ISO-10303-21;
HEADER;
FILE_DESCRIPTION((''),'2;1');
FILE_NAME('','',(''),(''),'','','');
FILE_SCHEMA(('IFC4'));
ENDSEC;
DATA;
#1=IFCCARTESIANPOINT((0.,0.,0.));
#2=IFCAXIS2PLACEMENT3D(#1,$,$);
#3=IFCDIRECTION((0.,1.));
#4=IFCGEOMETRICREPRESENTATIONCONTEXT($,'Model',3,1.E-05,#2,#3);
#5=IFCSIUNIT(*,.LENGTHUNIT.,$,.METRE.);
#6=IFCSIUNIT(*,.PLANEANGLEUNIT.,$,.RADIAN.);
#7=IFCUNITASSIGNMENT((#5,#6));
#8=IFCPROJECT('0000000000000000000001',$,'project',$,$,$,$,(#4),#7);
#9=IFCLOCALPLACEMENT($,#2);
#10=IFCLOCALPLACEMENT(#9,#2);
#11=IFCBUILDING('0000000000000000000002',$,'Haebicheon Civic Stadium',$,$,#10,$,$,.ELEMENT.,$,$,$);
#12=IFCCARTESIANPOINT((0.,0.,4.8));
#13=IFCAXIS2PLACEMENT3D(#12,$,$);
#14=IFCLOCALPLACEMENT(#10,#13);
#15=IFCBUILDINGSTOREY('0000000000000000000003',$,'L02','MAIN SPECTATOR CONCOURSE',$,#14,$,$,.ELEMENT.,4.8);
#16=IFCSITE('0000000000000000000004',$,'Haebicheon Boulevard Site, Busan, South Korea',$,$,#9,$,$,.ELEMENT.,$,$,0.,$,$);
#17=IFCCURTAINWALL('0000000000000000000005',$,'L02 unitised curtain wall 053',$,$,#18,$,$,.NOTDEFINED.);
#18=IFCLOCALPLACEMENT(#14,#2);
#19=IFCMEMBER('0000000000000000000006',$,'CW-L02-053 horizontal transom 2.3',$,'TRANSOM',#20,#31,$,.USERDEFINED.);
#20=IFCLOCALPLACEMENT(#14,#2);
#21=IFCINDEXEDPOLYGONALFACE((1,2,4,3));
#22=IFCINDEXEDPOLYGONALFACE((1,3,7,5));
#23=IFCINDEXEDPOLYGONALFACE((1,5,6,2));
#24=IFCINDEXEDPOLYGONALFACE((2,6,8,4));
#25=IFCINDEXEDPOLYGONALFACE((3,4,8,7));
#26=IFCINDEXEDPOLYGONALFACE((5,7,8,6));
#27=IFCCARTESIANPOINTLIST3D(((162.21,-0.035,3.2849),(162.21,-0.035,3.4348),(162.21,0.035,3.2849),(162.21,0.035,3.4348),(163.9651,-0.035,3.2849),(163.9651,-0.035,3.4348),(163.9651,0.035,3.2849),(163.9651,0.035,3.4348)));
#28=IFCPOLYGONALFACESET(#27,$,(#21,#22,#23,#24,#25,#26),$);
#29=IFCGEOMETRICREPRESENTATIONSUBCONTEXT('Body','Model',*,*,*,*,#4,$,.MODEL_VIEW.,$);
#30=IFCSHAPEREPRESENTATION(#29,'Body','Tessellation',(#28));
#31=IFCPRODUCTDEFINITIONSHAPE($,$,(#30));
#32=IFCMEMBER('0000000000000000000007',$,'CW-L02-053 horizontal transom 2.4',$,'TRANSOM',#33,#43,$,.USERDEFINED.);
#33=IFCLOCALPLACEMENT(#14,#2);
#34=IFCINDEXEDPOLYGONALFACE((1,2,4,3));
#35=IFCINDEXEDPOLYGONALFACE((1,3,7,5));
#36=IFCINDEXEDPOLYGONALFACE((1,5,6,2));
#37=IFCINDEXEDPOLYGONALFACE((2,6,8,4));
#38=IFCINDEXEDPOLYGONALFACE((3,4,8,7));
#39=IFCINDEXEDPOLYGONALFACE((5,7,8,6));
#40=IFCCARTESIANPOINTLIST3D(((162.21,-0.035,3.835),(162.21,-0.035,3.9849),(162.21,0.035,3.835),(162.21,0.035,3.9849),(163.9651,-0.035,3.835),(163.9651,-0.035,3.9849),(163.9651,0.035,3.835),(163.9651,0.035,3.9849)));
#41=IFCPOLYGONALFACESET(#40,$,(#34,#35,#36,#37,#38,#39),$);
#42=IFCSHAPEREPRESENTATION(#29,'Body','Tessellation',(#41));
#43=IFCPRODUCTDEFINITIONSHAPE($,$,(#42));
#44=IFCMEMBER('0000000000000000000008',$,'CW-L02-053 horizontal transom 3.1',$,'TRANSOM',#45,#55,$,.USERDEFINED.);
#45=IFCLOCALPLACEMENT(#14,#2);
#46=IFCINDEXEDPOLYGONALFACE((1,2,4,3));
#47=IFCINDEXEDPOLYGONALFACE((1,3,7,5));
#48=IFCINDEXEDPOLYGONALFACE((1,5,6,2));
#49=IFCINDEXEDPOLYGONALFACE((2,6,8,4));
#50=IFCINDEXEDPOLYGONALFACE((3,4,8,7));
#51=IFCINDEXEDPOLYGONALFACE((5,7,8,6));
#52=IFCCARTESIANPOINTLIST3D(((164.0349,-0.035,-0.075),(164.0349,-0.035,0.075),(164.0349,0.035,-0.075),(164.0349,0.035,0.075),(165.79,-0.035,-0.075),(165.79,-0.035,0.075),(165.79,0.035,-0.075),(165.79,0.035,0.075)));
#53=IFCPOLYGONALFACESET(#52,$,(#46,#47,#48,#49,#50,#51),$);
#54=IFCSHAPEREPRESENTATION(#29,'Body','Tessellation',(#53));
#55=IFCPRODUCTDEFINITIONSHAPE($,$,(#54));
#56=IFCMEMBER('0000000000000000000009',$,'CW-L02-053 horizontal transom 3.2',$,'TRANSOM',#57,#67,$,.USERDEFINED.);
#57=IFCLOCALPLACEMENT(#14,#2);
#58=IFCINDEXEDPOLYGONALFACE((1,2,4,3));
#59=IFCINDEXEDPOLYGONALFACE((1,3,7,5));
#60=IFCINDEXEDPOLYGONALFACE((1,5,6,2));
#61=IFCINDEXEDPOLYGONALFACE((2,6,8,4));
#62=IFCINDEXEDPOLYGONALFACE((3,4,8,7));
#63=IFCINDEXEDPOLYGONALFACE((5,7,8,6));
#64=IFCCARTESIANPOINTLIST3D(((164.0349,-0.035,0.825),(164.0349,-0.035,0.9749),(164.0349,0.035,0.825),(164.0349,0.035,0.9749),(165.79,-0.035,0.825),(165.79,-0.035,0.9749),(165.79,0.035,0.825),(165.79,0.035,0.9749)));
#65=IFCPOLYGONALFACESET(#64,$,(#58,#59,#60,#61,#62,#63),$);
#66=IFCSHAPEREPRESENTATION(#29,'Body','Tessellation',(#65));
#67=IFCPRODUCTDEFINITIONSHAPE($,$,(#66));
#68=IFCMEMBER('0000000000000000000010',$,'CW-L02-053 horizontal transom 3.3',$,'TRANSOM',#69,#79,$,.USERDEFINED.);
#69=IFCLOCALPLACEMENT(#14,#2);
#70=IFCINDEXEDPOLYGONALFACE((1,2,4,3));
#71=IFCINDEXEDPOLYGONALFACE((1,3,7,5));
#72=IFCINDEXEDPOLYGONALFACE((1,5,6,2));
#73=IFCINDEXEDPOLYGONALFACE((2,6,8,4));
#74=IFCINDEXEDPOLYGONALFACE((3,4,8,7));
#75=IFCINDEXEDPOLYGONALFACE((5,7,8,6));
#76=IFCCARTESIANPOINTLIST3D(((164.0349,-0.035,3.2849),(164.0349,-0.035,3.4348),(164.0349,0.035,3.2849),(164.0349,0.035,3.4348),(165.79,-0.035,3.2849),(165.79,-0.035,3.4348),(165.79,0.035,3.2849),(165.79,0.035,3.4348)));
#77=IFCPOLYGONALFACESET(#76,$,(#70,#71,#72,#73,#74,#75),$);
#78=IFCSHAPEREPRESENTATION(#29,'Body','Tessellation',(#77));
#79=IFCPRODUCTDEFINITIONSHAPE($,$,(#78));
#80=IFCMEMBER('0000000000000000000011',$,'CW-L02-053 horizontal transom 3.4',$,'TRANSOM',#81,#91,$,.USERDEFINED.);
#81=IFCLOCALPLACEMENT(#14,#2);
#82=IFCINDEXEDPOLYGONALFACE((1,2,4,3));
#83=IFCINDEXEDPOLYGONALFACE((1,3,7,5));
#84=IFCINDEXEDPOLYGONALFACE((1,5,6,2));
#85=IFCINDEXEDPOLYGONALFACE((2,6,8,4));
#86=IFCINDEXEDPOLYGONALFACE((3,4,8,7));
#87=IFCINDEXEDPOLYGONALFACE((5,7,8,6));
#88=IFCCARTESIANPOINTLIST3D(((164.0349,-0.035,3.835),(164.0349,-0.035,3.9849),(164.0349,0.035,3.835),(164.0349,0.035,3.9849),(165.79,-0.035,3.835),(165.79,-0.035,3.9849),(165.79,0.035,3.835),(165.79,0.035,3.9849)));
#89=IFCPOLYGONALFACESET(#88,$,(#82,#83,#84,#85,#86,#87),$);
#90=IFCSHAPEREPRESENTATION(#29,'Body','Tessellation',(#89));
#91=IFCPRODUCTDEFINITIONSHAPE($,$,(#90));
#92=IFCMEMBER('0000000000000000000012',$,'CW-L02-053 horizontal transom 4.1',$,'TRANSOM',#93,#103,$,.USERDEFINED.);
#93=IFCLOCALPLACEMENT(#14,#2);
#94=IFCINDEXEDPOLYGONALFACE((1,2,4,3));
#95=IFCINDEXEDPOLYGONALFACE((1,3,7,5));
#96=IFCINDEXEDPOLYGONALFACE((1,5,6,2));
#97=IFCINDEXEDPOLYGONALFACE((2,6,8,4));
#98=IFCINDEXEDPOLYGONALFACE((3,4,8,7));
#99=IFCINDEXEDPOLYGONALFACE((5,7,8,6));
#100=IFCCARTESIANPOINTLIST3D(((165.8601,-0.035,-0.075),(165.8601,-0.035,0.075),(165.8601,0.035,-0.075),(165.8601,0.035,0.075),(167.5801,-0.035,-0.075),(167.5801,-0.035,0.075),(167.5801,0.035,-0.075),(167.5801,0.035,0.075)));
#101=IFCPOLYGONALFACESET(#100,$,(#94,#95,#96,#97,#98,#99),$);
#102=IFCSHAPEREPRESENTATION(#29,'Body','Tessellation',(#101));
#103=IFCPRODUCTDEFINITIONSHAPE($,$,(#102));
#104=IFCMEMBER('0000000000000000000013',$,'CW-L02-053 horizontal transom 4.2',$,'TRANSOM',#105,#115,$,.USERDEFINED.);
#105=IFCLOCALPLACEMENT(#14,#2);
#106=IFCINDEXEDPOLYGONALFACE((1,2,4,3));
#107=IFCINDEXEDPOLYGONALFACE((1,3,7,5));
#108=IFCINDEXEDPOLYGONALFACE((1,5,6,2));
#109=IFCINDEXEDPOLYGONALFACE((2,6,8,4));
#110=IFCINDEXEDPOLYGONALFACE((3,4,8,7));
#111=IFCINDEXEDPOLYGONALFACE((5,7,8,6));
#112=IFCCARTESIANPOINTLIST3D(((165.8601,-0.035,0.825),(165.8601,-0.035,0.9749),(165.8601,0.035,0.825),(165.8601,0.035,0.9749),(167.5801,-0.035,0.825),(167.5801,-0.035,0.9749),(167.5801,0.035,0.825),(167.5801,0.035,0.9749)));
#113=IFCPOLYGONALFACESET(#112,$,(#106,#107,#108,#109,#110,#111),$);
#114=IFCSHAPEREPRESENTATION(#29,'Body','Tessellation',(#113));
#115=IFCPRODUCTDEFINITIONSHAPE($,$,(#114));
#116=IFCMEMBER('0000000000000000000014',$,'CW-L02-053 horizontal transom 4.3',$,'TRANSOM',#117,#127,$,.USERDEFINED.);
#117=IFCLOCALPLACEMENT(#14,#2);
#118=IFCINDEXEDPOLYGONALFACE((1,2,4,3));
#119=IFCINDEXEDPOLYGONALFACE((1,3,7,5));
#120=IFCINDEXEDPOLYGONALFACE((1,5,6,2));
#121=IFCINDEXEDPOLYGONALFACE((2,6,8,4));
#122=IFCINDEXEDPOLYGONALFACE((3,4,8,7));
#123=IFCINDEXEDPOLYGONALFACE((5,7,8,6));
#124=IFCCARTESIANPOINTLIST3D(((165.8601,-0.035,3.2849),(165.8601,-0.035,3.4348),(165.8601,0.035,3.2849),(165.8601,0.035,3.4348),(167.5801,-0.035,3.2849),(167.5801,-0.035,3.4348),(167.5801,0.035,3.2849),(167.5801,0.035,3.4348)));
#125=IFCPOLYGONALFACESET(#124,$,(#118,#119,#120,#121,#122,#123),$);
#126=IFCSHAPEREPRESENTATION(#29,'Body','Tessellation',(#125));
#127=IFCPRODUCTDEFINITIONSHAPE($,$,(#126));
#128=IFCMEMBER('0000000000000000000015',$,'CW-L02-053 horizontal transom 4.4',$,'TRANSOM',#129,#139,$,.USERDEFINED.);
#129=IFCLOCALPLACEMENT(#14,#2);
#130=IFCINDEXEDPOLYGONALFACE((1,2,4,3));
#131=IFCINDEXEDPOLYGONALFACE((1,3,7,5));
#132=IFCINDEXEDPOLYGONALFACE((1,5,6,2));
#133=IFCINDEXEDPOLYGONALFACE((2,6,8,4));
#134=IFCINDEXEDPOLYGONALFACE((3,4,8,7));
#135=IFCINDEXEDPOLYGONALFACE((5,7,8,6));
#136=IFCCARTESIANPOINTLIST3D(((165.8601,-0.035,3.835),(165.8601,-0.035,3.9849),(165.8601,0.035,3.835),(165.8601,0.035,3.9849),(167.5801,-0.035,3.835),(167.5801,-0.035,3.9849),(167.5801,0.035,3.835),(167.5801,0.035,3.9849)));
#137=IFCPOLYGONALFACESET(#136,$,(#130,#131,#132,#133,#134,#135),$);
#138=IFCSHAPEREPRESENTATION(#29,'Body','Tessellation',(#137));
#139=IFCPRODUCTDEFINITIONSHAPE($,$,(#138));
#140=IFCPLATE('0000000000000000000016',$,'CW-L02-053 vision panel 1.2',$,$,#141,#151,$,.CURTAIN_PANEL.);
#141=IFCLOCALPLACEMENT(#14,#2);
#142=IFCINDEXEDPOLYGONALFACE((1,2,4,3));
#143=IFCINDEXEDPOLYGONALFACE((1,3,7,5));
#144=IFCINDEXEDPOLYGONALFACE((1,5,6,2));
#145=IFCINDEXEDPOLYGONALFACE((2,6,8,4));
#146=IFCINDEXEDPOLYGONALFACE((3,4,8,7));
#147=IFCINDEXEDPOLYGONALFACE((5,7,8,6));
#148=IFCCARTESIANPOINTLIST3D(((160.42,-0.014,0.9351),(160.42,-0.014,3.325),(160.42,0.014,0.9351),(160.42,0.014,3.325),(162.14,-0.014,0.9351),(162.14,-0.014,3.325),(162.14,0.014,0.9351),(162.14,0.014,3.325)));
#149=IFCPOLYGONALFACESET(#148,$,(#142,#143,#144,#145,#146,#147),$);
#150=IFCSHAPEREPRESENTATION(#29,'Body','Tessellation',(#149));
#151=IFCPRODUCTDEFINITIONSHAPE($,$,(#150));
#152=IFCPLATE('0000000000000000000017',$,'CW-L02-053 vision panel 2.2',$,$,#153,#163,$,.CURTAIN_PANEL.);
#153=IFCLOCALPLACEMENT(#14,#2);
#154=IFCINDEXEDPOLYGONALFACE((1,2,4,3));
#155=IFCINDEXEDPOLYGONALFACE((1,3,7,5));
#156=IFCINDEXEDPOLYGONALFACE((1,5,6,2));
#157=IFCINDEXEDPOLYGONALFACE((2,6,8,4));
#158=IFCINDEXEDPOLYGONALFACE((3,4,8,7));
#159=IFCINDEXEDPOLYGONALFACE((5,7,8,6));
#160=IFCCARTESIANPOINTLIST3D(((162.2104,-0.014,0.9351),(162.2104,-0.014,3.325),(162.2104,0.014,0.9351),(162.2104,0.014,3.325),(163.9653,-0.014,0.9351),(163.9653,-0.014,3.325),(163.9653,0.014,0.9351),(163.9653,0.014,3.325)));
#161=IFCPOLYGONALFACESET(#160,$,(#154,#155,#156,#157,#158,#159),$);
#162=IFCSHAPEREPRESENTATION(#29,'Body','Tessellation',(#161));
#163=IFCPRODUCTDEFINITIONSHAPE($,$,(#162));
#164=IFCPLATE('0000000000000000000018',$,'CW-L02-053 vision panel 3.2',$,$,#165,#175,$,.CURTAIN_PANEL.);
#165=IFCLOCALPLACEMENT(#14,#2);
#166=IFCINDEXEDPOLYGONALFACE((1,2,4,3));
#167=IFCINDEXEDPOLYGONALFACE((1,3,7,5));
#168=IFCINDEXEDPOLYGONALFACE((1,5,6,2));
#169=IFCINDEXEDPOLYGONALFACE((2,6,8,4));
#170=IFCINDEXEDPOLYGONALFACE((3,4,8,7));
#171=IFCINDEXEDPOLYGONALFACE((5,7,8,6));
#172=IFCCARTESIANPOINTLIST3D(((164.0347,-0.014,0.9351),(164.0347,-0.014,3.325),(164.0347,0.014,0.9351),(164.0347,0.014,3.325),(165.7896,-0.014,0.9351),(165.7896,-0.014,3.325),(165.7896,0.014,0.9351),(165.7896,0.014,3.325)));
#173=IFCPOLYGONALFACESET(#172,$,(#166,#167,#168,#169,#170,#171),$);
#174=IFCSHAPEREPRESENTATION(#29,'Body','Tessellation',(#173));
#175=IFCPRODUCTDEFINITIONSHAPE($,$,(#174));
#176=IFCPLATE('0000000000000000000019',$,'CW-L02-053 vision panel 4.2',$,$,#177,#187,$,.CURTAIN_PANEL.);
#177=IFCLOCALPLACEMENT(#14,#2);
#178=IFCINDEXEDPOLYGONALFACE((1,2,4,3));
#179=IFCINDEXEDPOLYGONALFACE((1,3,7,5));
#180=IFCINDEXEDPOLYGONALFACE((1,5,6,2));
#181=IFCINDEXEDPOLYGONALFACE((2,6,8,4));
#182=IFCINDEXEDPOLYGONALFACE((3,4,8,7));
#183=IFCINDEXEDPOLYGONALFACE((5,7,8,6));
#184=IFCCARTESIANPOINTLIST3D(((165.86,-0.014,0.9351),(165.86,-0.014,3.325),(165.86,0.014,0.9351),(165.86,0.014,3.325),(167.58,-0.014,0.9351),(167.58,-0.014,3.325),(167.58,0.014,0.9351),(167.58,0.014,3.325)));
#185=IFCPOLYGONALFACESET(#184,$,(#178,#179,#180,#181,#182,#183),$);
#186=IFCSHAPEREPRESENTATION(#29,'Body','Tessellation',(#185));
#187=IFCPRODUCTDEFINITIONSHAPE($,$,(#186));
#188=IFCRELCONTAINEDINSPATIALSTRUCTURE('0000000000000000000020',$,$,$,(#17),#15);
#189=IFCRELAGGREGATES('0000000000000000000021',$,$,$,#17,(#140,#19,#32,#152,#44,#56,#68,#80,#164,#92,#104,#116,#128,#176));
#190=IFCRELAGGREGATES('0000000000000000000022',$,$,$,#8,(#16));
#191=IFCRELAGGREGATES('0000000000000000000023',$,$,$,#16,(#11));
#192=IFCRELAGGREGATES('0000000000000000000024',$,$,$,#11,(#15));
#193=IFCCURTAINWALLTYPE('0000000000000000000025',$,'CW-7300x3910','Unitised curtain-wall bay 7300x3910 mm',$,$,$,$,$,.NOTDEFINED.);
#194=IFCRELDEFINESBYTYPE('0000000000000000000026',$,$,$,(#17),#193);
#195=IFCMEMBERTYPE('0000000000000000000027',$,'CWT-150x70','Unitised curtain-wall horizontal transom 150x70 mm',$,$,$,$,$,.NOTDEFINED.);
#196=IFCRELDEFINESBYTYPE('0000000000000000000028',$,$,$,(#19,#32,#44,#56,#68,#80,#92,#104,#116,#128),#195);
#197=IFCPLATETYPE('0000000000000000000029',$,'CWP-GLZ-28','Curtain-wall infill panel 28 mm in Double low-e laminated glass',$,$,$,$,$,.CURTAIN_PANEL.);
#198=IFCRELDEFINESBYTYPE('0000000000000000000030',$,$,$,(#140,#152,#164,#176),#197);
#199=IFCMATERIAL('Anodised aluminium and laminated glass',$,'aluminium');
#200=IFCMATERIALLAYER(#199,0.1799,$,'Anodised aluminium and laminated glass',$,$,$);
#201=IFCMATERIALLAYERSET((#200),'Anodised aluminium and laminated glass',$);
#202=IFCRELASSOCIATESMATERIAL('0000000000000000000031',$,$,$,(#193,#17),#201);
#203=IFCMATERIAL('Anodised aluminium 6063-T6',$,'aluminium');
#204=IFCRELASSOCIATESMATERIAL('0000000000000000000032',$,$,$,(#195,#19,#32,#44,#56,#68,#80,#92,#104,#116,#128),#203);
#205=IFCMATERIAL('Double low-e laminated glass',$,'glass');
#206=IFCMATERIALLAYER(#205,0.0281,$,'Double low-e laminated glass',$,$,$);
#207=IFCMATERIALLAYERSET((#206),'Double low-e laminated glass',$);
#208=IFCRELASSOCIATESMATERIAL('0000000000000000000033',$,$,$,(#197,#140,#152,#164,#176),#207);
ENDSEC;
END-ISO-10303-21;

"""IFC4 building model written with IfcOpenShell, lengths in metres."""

from ifc_helpers import new_model, si_unit, direction, frame, origin, origin_2d, place, context, subcontext, project, spatial, rectangle, extrude, material, layer, layer_set, material_profile, profile_set, type_object, element, aggregate, save


model = new_model("IFC4")

# Units and contexts
model_context = context("Model", 3, precision=1e-05, world=origin(), true_north=direction((0.0, 1.0)))
body_context = subcontext(model_context, "Body", "Model", "MODEL_VIEW")
ifc_project = project(units=[si_unit("LENGTHUNIT", "METRE"), si_unit("PLANEANGLEUNIT", "RADIAN")], contexts=[model_context])

# Site, building, storey
site_placement = place(None, origin())
site = spatial("IfcSite", under=ifc_project, at=site_placement, Name="Haebicheon Boulevard Site, Busan, South Korea", CompositionType="ELEMENT", RefElevation=0.0)
building_placement = place(site_placement, origin())
building = spatial("IfcBuilding", under=site, at=building_placement, Name="Haebicheon Civic Stadium", CompositionType="ELEMENT")
storey_placement = place(building_placement, frame((0.0, 0.0, 4.8)))
storey = spatial("IfcBuildingStorey", under=building, at=storey_placement, Name="L02", Description="MAIN SPECTATOR CONCOURSE", CompositionType="ELEMENT", Elevation=4.8)

# Curtain wall, members, plates
ifc_material_1 = material(Name="Anodised aluminium and laminated glass", Category="aluminium")
ifc_layer_1 = layer(ifc_material_1, 0.1799, Name="Anodised aluminium and laminated glass")
ifc_layer_set_1 = layer_set([ifc_layer_1], Name="Anodised aluminium and laminated glass")
curtain_wall_type = type_object("IfcCurtainWallType", Name="CW-7300x3910", Description="Unitised curtain-wall bay 7300x3910 mm", PredefinedType="NOTDEFINED", material=ifc_layer_set_1)
curtain_wall_placement = place(storey_placement, origin())
curtain_wall = element("IfcCurtainWall", 1, at=curtain_wall_placement, inside=storey, type_object=curtain_wall_type, material=ifc_layer_set_1, Name="L02 unitised curtain wall 053", PredefinedType="NOTDEFINED")
ifc_material_2 = material(Name="Anodised aluminium 6063-T6", Category="aluminium")
ifc_material_profile_1 = material_profile(ifc_material_2, rectangle(XDim=0.0701, YDim=0.1499, at=origin_2d()), Name="ALU-TRAN-70x150")
ifc_profile_set_1 = profile_set([ifc_material_profile_1], Name="Anodised aluminium 6063-T6")
member_type_1 = type_object("IfcMemberType", Name="CWT-150x70", Description="Unitised curtain-wall horizontal transom 150x70 mm", PredefinedType="NOTDEFINED", material=ifc_profile_set_1)
member_1_placement = place(storey_placement, frame((162.21, 0.0, 3.3599), z_axis=(1.0, 0.0, 0.0), x_axis=(0.0, 1.0, 0.0)))
member_1 = element("IfcMember", 2, at=member_1_placement, type_object=member_type_1, material=ifc_profile_set_1, Name="CW-L02-053 horizontal transom 2.3", ObjectType="TRANSOM", PredefinedType="USERDEFINED", context=body_context, shape_type="SweptSolid", body=[
    extrude(rectangle(XDim=0.0701, YDim=0.1499, at=origin_2d()), origin(), (0.0, 0.0, 1.0), 1.7551),
])
member_2_placement = place(storey_placement, frame((162.21, 0.0, 3.9099), z_axis=(1.0, 0.0, 0.0), x_axis=(0.0, 1.0, 0.0)))
member_2 = element("IfcMember", 3, at=member_2_placement, type_object=member_type_1, material=ifc_profile_set_1, Name="CW-L02-053 horizontal transom 2.4", ObjectType="TRANSOM", PredefinedType="USERDEFINED", context=body_context, shape_type="SweptSolid", body=[
    extrude(rectangle(XDim=0.0701, YDim=0.1499, at=origin_2d()), origin(), (0.0, 0.0, 1.0), 1.7551),
])
member_3_placement = place(storey_placement, frame((164.0349, 0.0, 0.0), z_axis=(1.0, 0.0, 0.0), x_axis=(0.0, 1.0, 0.0)))
member_3 = element("IfcMember", 4, at=member_3_placement, type_object=member_type_1, material=ifc_profile_set_1, Name="CW-L02-053 horizontal transom 3.1", ObjectType="TRANSOM", PredefinedType="USERDEFINED", context=body_context, shape_type="SweptSolid", body=[
    extrude(rectangle(XDim=0.0701, YDim=0.1499, at=origin_2d()), origin(), (0.0, 0.0, 1.0), 1.7551),
])
member_4_placement = place(storey_placement, frame((164.0349, 0.0, 0.8999), z_axis=(1.0, 0.0, 0.0), x_axis=(0.0, 1.0, 0.0)))
member_4 = element("IfcMember", 5, at=member_4_placement, type_object=member_type_1, material=ifc_profile_set_1, Name="CW-L02-053 horizontal transom 3.2", ObjectType="TRANSOM", PredefinedType="USERDEFINED", context=body_context, shape_type="SweptSolid", body=[
    extrude(rectangle(XDim=0.0701, YDim=0.1499, at=origin_2d()), origin(), (0.0, 0.0, 1.0), 1.7551),
])
member_5_placement = place(storey_placement, frame((164.0349, 0.0, 3.3599), z_axis=(1.0, 0.0, 0.0), x_axis=(0.0, 1.0, 0.0)))
member_5 = element("IfcMember", 6, at=member_5_placement, type_object=member_type_1, material=ifc_profile_set_1, Name="CW-L02-053 horizontal transom 3.3", ObjectType="TRANSOM", PredefinedType="USERDEFINED", context=body_context, shape_type="SweptSolid", body=[
    extrude(rectangle(XDim=0.0701, YDim=0.1499, at=origin_2d()), origin(), (0.0, 0.0, 1.0), 1.7551),
])
member_6_placement = place(storey_placement, frame((164.0349, 0.0, 3.9099), z_axis=(1.0, 0.0, 0.0), x_axis=(0.0, 1.0, 0.0)))
member_6 = element("IfcMember", 7, at=member_6_placement, type_object=member_type_1, material=ifc_profile_set_1, Name="CW-L02-053 horizontal transom 3.4", ObjectType="TRANSOM", PredefinedType="USERDEFINED", context=body_context, shape_type="SweptSolid", body=[
    extrude(rectangle(XDim=0.0701, YDim=0.1499, at=origin_2d()), origin(), (0.0, 0.0, 1.0), 1.7551),
])
member_7_placement = place(storey_placement, frame((165.8601, 0.0, 0.0), z_axis=(1.0, 0.0, 0.0), x_axis=(0.0, 1.0, 0.0)))
member_7 = element("IfcMember", 8, at=member_7_placement, type_object=member_type_1, material=ifc_profile_set_1, Name="CW-L02-053 horizontal transom 4.1", ObjectType="TRANSOM", PredefinedType="USERDEFINED", context=body_context, shape_type="SweptSolid", body=[
    extrude(rectangle(XDim=0.0701, YDim=0.1499, at=origin_2d()), origin(), (0.0, 0.0, 1.0), 1.72),
])
member_8_placement = place(storey_placement, frame((165.8601, 0.0, 0.8999), z_axis=(1.0, 0.0, 0.0), x_axis=(0.0, 1.0, 0.0)))
member_8 = element("IfcMember", 9, at=member_8_placement, type_object=member_type_1, material=ifc_profile_set_1, Name="CW-L02-053 horizontal transom 4.2", ObjectType="TRANSOM", PredefinedType="USERDEFINED", context=body_context, shape_type="SweptSolid", body=[
    extrude(rectangle(XDim=0.0701, YDim=0.1499, at=origin_2d()), origin(), (0.0, 0.0, 1.0), 1.72),
])
member_9_placement = place(storey_placement, frame((165.8601, 0.0, 3.3599), z_axis=(1.0, 0.0, 0.0), x_axis=(0.0, 1.0, 0.0)))
member_9 = element("IfcMember", 10, at=member_9_placement, type_object=member_type_1, material=ifc_profile_set_1, Name="CW-L02-053 horizontal transom 4.3", ObjectType="TRANSOM", PredefinedType="USERDEFINED", context=body_context, shape_type="SweptSolid", body=[
    extrude(rectangle(XDim=0.0701, YDim=0.1499, at=origin_2d()), origin(), (0.0, 0.0, 1.0), 1.72),
])
member_10_placement = place(storey_placement, frame((165.8601, 0.0, 3.9099), z_axis=(1.0, 0.0, 0.0), x_axis=(0.0, 1.0, 0.0)))
member_10 = element("IfcMember", 11, at=member_10_placement, type_object=member_type_1, material=ifc_profile_set_1, Name="CW-L02-053 horizontal transom 4.4", ObjectType="TRANSOM", PredefinedType="USERDEFINED", context=body_context, shape_type="SweptSolid", body=[
    extrude(rectangle(XDim=0.0701, YDim=0.1499, at=origin_2d()), origin(), (0.0, 0.0, 1.0), 1.72),
])
ifc_material_3 = material(Name="Double low-e laminated glass", Category="glass")
ifc_layer_2 = layer(ifc_material_3, 0.0281, Name="Double low-e laminated glass")
ifc_layer_set_2 = layer_set([ifc_layer_2], Name="Double low-e laminated glass")
plate_type_1 = type_object("IfcPlateType", Name="CWP-GLZ-28", Description="Curtain-wall infill panel 28 mm in Double low-e laminated glass", PredefinedType="CURTAIN_PANEL", material=ifc_layer_set_2)
plate_1_placement = place(storey_placement, frame((161.28, 0.0, 0.9351), z_axis=(0.0, 0.0, 1.0), x_axis=(1.0, 0.0, 0.0)))
plate_1 = element("IfcPlate", 12, at=plate_1_placement, type_object=plate_type_1, material=ifc_layer_set_2, Name="CW-L02-053 vision panel 1.2", PredefinedType="CURTAIN_PANEL", context=body_context, shape_type="SweptSolid", body=[
    extrude(rectangle(XDim=1.72, YDim=0.0281, at=origin_2d()), origin(), (0.0, 0.0, 1.0), 2.3899),
])
plate_2_placement = place(storey_placement, frame((163.0879, 0.0, 0.9351), z_axis=(0.0, 0.0, 1.0), x_axis=(1.0, 0.0, 0.0)))
plate_2 = element("IfcPlate", 13, at=plate_2_placement, type_object=plate_type_1, material=ifc_layer_set_2, Name="CW-L02-053 vision panel 2.2", PredefinedType="CURTAIN_PANEL", context=body_context, shape_type="SweptSolid", body=[
    extrude(rectangle(XDim=1.7549, YDim=0.0281, at=origin_2d()), origin(), (0.0, 0.0, 1.0), 2.3899),
])
plate_3_placement = place(storey_placement, frame((164.9121, 0.0, 0.9351), z_axis=(0.0, 0.0, 1.0), x_axis=(1.0, 0.0, 0.0)))
plate_3 = element("IfcPlate", 14, at=plate_3_placement, type_object=plate_type_1, material=ifc_layer_set_2, Name="CW-L02-053 vision panel 3.2", PredefinedType="CURTAIN_PANEL", context=body_context, shape_type="SweptSolid", body=[
    extrude(rectangle(XDim=1.7549, YDim=0.0281, at=origin_2d()), origin(), (0.0, 0.0, 1.0), 2.3899),
])
plate_4_placement = place(storey_placement, frame((166.72, 0.0, 0.9351), z_axis=(0.0, 0.0, 1.0), x_axis=(1.0, 0.0, 0.0)))
plate_4 = element("IfcPlate", 15, at=plate_4_placement, type_object=plate_type_1, material=ifc_layer_set_2, Name="CW-L02-053 vision panel 4.2", PredefinedType="CURTAIN_PANEL", context=body_context, shape_type="SweptSolid", body=[
    extrude(rectangle(XDim=1.72, YDim=0.0281, at=origin_2d()), origin(), (0.0, 0.0, 1.0), 2.3899),
])
aggregate(curtain_wall, [plate_1, member_1, member_2, plate_2, member_3, member_4, member_5, member_6, plate_3, member_7, member_8, member_9, member_10, plate_4])

save(model, "model.ifc")
